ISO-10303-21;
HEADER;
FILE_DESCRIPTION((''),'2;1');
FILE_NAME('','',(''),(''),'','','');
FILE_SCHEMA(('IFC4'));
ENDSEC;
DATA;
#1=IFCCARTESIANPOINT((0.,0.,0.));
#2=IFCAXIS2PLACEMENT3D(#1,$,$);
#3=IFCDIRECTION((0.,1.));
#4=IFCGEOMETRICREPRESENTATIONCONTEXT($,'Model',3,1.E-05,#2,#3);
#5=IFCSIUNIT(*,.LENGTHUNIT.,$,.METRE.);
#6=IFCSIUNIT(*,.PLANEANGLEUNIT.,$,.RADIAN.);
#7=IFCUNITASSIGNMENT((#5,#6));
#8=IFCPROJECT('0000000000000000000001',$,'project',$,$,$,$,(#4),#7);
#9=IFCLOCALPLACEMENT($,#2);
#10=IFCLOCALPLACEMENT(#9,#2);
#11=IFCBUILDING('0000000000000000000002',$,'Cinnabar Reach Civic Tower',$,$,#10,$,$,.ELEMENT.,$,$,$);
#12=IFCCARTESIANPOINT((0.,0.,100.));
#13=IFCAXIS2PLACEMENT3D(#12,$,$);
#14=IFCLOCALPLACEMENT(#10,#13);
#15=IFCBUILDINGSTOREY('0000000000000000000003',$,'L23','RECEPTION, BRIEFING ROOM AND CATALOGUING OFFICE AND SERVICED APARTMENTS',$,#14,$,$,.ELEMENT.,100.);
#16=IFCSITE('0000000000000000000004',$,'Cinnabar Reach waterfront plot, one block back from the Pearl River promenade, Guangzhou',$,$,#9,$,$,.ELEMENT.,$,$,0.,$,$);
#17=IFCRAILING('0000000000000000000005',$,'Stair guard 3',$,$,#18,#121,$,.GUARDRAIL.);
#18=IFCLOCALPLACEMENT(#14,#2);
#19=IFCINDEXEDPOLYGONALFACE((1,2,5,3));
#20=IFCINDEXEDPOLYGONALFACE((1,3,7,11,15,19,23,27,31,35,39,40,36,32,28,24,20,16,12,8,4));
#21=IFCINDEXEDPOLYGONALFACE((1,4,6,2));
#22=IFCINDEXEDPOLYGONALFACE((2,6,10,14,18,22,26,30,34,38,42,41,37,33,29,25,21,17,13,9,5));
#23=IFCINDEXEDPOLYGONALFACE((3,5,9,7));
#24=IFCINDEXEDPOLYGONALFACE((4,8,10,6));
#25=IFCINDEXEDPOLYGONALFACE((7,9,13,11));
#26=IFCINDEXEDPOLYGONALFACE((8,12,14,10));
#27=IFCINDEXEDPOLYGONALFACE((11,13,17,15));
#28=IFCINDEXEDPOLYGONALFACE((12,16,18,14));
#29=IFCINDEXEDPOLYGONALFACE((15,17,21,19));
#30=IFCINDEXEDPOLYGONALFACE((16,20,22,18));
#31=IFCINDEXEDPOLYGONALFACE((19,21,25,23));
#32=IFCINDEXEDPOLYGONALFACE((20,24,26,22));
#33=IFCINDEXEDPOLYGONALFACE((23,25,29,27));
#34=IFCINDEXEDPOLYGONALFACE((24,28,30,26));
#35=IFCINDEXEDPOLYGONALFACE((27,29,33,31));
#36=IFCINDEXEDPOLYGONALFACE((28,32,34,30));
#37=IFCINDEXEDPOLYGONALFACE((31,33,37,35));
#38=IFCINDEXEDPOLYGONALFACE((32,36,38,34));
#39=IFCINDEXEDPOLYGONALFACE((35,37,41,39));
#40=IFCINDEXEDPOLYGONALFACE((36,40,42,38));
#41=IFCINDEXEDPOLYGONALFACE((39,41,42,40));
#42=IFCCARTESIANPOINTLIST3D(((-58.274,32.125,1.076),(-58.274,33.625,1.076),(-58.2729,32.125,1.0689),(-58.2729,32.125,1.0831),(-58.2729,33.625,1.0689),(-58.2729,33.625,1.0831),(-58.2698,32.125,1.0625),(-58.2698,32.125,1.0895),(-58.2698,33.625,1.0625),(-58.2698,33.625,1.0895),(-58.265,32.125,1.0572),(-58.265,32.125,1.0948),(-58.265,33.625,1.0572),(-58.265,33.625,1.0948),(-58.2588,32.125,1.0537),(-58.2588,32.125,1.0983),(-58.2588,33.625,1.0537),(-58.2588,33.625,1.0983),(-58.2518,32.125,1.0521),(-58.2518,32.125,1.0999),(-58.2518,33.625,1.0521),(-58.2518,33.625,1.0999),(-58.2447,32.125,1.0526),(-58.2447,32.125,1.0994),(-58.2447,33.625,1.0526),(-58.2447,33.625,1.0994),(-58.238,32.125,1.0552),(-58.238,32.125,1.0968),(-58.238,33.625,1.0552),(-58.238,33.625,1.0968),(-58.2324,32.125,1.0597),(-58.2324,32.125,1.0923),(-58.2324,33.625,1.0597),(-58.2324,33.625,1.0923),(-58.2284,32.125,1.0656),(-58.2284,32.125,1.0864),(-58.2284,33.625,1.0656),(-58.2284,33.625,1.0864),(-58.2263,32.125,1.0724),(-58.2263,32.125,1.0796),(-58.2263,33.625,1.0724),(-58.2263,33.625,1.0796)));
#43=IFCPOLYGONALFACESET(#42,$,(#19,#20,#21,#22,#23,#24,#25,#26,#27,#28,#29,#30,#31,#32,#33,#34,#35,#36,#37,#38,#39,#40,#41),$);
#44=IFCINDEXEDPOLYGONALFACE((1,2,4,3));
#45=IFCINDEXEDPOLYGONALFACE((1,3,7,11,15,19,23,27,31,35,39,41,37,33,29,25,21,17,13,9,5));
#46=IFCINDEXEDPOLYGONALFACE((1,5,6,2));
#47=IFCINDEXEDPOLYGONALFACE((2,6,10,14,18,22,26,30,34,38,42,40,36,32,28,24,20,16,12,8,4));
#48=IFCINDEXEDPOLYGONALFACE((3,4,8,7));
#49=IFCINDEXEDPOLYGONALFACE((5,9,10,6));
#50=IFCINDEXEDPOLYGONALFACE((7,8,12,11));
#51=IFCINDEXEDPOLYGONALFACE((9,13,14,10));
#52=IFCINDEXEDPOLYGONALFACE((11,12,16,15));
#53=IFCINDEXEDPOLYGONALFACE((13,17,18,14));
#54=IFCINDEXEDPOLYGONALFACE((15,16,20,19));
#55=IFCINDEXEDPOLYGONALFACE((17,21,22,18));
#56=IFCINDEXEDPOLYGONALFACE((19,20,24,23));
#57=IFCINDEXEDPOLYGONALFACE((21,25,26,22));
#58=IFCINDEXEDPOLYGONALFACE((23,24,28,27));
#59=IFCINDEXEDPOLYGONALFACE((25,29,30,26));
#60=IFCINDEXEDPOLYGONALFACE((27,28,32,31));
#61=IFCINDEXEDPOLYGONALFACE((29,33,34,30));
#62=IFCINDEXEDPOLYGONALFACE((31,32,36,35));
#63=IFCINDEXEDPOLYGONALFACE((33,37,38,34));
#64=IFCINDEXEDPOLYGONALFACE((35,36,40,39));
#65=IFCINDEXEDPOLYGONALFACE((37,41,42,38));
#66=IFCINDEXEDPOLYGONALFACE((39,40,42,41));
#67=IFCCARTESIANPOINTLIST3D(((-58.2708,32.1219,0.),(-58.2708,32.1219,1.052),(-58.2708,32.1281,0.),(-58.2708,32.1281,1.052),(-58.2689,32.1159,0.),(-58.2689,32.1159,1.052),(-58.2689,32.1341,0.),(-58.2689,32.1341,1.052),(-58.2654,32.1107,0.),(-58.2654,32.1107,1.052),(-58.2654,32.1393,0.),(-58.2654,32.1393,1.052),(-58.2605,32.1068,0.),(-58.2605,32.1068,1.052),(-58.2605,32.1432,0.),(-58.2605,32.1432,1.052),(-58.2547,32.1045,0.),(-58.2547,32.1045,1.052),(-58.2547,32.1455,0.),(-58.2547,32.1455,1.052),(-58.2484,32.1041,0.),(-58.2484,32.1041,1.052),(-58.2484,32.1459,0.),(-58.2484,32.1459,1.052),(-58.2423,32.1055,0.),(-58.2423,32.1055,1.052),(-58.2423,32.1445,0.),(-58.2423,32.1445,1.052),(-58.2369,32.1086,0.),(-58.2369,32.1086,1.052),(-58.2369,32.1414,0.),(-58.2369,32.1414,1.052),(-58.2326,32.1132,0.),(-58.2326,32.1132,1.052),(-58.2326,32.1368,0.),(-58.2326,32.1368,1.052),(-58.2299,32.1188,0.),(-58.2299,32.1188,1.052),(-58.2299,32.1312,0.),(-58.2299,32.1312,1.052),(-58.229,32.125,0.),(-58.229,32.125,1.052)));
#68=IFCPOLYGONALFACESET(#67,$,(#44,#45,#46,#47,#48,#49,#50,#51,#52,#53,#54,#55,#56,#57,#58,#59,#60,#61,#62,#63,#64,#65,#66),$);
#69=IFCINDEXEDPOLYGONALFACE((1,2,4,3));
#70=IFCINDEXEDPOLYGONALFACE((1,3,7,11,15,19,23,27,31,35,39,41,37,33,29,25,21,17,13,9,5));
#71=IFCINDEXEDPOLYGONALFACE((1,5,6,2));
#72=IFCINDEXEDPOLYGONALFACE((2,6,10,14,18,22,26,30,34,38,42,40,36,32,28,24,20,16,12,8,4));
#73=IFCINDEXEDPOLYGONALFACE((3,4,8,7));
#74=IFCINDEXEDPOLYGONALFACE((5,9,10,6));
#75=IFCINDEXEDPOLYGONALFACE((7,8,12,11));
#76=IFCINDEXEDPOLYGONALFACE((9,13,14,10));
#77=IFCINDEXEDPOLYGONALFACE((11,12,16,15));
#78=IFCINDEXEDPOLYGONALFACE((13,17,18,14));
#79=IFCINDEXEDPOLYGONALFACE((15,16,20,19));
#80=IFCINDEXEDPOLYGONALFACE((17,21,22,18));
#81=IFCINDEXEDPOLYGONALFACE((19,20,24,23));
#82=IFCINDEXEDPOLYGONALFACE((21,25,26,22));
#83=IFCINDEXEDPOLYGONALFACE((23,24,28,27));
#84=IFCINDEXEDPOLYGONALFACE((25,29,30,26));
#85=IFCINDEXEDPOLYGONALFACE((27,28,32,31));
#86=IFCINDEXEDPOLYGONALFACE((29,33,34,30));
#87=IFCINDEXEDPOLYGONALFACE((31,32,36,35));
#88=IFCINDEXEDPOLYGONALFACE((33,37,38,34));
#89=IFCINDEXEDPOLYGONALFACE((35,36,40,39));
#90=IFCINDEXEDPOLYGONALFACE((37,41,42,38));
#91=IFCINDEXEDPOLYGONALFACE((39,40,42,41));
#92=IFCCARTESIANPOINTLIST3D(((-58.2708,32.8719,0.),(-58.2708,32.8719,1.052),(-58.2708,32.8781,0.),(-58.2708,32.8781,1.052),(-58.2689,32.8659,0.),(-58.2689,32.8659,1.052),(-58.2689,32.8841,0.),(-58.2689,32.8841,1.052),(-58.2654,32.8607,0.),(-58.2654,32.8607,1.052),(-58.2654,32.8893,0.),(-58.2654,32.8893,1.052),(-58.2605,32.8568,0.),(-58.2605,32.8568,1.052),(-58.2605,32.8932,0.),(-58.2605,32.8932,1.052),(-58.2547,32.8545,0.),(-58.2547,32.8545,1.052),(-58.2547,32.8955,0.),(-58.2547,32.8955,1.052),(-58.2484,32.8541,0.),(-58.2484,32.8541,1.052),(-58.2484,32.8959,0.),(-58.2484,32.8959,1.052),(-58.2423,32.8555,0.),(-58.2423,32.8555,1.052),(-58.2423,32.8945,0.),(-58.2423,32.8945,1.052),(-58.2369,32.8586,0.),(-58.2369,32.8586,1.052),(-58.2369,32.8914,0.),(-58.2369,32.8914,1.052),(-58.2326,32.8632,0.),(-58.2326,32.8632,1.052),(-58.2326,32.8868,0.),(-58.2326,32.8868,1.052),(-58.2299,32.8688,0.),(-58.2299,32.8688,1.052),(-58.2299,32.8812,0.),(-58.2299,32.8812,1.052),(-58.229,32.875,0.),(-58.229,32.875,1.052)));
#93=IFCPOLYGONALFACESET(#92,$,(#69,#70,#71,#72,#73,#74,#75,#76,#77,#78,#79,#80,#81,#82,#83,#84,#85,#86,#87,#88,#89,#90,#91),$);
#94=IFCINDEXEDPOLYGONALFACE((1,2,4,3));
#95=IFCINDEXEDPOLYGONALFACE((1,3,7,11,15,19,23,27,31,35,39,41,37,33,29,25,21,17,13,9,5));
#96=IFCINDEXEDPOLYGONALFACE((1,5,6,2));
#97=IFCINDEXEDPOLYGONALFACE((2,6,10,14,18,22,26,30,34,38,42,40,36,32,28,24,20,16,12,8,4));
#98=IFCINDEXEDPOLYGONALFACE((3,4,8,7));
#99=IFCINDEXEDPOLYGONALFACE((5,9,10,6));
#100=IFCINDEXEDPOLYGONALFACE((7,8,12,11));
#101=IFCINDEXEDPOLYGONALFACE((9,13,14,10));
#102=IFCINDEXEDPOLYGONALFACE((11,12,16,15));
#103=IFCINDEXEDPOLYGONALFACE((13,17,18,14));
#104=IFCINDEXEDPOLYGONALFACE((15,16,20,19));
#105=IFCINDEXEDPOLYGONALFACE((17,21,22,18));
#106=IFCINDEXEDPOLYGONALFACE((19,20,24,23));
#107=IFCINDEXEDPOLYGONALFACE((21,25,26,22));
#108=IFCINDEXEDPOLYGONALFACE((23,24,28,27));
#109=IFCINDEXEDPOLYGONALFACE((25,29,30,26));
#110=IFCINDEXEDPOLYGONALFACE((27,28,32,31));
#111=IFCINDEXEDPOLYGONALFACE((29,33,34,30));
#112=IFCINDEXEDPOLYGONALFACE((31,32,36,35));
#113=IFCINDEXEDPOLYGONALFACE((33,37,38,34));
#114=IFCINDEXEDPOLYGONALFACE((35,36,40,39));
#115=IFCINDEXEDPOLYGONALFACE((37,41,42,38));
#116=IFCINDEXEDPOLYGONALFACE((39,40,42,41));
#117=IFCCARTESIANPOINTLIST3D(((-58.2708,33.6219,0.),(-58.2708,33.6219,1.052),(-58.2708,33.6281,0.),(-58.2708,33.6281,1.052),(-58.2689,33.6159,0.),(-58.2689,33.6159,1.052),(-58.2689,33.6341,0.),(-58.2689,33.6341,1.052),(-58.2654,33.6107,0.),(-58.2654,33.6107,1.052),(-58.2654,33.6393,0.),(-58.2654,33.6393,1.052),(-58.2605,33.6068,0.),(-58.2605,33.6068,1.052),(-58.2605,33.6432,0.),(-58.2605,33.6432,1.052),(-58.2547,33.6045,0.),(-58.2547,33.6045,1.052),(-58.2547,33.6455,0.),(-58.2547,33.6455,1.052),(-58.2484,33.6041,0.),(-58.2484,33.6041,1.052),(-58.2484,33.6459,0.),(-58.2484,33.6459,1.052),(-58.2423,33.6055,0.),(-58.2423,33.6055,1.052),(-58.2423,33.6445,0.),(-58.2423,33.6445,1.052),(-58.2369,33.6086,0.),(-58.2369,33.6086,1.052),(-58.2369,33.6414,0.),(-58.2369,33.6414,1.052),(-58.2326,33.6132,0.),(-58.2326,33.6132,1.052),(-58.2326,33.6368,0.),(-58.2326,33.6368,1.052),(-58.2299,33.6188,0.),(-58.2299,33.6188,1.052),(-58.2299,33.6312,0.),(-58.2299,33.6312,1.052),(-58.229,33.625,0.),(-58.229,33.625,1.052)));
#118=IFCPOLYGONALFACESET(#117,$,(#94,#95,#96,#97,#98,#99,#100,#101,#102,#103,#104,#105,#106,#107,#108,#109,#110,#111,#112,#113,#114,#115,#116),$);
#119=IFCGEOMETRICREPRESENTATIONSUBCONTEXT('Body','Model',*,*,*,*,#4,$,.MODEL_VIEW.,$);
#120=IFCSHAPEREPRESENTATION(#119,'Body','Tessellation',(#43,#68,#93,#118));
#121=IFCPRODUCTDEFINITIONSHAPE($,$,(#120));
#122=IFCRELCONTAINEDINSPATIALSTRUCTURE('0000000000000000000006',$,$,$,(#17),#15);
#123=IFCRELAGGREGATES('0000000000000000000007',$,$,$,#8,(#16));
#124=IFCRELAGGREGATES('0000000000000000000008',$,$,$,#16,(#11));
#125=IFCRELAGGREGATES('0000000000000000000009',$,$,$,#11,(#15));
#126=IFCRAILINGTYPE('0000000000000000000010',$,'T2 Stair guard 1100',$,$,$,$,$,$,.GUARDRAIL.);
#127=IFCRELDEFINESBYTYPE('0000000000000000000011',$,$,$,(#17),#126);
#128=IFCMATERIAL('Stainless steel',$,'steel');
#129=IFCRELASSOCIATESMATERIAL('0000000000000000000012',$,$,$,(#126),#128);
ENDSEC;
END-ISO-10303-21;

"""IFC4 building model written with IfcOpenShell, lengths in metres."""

from ifc_helpers import new_model, si_unit, direction, frame, origin, origin_2d, place, context, subcontext, project, spatial, circle, extrude, material, type_object, element, save


model = new_model("IFC4")

# Units and contexts
model_context = context("Model", 3, precision=1e-05, world=origin(), true_north=direction((0.0, 1.0)))
body_context = subcontext(model_context, "Body", "Model", "MODEL_VIEW")
ifc_project = project(units=[si_unit("LENGTHUNIT", "METRE"), si_unit("PLANEANGLEUNIT", "RADIAN")], contexts=[model_context])

# Site, building, storey
site_placement = place(None, origin())
site = spatial("IfcSite", under=ifc_project, at=site_placement, Name="Cinnabar Reach waterfront plot, one block back from the Pearl River promenade, Guangzhou", CompositionType="ELEMENT", RefElevation=0.0)
building_placement = place(site_placement, origin())
building = spatial("IfcBuilding", under=site, at=building_placement, Name="Cinnabar Reach Civic Tower", CompositionType="ELEMENT")
storey_placement = place(building_placement, frame((0.0, 0.0, 100.0)))
storey = spatial("IfcBuildingStorey", under=building, at=storey_placement, Name="L23", Description="RECEPTION, BRIEFING ROOM AND CATALOGUING OFFICE AND SERVICED APARTMENTS", CompositionType="ELEMENT", Elevation=100.0)

# Railing
ifc_material_1 = material(Name="Stainless steel", Category="steel")
railing_type = type_object("IfcRailingType", Name="T2 Stair guard 1100", PredefinedType="GUARDRAIL", material=ifc_material_1)
railing_1_placement = place(storey_placement, frame((-58.25, 32.125, 0.0)))
element("IfcRailing", 1, at=railing_1_placement, inside=storey, type_object=railing_type, Name="Stair guard 3", PredefinedType="GUARDRAIL", context=body_context, shape_type="SweptSolid", body=[
    extrude(circle(Radius=0.024, at=origin_2d()), frame((0.0, 0.0, 1.076), z_axis=(0.0, 1.0, 0.0), x_axis=(-1.0, 0.0, 0.0)), (0.0, 0.0, 1.0), 1.5),
    extrude(circle(Radius=0.021, at=origin_2d()), origin(), (0.0, 0.0, 1.0), 1.052),
    extrude(circle(Radius=0.021, at=origin_2d()), frame((0.0, 0.75, 0.0)), (0.0, 0.0, 1.0), 1.052),
    extrude(circle(Radius=0.021, at=origin_2d()), frame((0.0, 1.5, 0.0)), (0.0, 0.0, 1.0), 1.052),
])

save(model, "model.ifc")
